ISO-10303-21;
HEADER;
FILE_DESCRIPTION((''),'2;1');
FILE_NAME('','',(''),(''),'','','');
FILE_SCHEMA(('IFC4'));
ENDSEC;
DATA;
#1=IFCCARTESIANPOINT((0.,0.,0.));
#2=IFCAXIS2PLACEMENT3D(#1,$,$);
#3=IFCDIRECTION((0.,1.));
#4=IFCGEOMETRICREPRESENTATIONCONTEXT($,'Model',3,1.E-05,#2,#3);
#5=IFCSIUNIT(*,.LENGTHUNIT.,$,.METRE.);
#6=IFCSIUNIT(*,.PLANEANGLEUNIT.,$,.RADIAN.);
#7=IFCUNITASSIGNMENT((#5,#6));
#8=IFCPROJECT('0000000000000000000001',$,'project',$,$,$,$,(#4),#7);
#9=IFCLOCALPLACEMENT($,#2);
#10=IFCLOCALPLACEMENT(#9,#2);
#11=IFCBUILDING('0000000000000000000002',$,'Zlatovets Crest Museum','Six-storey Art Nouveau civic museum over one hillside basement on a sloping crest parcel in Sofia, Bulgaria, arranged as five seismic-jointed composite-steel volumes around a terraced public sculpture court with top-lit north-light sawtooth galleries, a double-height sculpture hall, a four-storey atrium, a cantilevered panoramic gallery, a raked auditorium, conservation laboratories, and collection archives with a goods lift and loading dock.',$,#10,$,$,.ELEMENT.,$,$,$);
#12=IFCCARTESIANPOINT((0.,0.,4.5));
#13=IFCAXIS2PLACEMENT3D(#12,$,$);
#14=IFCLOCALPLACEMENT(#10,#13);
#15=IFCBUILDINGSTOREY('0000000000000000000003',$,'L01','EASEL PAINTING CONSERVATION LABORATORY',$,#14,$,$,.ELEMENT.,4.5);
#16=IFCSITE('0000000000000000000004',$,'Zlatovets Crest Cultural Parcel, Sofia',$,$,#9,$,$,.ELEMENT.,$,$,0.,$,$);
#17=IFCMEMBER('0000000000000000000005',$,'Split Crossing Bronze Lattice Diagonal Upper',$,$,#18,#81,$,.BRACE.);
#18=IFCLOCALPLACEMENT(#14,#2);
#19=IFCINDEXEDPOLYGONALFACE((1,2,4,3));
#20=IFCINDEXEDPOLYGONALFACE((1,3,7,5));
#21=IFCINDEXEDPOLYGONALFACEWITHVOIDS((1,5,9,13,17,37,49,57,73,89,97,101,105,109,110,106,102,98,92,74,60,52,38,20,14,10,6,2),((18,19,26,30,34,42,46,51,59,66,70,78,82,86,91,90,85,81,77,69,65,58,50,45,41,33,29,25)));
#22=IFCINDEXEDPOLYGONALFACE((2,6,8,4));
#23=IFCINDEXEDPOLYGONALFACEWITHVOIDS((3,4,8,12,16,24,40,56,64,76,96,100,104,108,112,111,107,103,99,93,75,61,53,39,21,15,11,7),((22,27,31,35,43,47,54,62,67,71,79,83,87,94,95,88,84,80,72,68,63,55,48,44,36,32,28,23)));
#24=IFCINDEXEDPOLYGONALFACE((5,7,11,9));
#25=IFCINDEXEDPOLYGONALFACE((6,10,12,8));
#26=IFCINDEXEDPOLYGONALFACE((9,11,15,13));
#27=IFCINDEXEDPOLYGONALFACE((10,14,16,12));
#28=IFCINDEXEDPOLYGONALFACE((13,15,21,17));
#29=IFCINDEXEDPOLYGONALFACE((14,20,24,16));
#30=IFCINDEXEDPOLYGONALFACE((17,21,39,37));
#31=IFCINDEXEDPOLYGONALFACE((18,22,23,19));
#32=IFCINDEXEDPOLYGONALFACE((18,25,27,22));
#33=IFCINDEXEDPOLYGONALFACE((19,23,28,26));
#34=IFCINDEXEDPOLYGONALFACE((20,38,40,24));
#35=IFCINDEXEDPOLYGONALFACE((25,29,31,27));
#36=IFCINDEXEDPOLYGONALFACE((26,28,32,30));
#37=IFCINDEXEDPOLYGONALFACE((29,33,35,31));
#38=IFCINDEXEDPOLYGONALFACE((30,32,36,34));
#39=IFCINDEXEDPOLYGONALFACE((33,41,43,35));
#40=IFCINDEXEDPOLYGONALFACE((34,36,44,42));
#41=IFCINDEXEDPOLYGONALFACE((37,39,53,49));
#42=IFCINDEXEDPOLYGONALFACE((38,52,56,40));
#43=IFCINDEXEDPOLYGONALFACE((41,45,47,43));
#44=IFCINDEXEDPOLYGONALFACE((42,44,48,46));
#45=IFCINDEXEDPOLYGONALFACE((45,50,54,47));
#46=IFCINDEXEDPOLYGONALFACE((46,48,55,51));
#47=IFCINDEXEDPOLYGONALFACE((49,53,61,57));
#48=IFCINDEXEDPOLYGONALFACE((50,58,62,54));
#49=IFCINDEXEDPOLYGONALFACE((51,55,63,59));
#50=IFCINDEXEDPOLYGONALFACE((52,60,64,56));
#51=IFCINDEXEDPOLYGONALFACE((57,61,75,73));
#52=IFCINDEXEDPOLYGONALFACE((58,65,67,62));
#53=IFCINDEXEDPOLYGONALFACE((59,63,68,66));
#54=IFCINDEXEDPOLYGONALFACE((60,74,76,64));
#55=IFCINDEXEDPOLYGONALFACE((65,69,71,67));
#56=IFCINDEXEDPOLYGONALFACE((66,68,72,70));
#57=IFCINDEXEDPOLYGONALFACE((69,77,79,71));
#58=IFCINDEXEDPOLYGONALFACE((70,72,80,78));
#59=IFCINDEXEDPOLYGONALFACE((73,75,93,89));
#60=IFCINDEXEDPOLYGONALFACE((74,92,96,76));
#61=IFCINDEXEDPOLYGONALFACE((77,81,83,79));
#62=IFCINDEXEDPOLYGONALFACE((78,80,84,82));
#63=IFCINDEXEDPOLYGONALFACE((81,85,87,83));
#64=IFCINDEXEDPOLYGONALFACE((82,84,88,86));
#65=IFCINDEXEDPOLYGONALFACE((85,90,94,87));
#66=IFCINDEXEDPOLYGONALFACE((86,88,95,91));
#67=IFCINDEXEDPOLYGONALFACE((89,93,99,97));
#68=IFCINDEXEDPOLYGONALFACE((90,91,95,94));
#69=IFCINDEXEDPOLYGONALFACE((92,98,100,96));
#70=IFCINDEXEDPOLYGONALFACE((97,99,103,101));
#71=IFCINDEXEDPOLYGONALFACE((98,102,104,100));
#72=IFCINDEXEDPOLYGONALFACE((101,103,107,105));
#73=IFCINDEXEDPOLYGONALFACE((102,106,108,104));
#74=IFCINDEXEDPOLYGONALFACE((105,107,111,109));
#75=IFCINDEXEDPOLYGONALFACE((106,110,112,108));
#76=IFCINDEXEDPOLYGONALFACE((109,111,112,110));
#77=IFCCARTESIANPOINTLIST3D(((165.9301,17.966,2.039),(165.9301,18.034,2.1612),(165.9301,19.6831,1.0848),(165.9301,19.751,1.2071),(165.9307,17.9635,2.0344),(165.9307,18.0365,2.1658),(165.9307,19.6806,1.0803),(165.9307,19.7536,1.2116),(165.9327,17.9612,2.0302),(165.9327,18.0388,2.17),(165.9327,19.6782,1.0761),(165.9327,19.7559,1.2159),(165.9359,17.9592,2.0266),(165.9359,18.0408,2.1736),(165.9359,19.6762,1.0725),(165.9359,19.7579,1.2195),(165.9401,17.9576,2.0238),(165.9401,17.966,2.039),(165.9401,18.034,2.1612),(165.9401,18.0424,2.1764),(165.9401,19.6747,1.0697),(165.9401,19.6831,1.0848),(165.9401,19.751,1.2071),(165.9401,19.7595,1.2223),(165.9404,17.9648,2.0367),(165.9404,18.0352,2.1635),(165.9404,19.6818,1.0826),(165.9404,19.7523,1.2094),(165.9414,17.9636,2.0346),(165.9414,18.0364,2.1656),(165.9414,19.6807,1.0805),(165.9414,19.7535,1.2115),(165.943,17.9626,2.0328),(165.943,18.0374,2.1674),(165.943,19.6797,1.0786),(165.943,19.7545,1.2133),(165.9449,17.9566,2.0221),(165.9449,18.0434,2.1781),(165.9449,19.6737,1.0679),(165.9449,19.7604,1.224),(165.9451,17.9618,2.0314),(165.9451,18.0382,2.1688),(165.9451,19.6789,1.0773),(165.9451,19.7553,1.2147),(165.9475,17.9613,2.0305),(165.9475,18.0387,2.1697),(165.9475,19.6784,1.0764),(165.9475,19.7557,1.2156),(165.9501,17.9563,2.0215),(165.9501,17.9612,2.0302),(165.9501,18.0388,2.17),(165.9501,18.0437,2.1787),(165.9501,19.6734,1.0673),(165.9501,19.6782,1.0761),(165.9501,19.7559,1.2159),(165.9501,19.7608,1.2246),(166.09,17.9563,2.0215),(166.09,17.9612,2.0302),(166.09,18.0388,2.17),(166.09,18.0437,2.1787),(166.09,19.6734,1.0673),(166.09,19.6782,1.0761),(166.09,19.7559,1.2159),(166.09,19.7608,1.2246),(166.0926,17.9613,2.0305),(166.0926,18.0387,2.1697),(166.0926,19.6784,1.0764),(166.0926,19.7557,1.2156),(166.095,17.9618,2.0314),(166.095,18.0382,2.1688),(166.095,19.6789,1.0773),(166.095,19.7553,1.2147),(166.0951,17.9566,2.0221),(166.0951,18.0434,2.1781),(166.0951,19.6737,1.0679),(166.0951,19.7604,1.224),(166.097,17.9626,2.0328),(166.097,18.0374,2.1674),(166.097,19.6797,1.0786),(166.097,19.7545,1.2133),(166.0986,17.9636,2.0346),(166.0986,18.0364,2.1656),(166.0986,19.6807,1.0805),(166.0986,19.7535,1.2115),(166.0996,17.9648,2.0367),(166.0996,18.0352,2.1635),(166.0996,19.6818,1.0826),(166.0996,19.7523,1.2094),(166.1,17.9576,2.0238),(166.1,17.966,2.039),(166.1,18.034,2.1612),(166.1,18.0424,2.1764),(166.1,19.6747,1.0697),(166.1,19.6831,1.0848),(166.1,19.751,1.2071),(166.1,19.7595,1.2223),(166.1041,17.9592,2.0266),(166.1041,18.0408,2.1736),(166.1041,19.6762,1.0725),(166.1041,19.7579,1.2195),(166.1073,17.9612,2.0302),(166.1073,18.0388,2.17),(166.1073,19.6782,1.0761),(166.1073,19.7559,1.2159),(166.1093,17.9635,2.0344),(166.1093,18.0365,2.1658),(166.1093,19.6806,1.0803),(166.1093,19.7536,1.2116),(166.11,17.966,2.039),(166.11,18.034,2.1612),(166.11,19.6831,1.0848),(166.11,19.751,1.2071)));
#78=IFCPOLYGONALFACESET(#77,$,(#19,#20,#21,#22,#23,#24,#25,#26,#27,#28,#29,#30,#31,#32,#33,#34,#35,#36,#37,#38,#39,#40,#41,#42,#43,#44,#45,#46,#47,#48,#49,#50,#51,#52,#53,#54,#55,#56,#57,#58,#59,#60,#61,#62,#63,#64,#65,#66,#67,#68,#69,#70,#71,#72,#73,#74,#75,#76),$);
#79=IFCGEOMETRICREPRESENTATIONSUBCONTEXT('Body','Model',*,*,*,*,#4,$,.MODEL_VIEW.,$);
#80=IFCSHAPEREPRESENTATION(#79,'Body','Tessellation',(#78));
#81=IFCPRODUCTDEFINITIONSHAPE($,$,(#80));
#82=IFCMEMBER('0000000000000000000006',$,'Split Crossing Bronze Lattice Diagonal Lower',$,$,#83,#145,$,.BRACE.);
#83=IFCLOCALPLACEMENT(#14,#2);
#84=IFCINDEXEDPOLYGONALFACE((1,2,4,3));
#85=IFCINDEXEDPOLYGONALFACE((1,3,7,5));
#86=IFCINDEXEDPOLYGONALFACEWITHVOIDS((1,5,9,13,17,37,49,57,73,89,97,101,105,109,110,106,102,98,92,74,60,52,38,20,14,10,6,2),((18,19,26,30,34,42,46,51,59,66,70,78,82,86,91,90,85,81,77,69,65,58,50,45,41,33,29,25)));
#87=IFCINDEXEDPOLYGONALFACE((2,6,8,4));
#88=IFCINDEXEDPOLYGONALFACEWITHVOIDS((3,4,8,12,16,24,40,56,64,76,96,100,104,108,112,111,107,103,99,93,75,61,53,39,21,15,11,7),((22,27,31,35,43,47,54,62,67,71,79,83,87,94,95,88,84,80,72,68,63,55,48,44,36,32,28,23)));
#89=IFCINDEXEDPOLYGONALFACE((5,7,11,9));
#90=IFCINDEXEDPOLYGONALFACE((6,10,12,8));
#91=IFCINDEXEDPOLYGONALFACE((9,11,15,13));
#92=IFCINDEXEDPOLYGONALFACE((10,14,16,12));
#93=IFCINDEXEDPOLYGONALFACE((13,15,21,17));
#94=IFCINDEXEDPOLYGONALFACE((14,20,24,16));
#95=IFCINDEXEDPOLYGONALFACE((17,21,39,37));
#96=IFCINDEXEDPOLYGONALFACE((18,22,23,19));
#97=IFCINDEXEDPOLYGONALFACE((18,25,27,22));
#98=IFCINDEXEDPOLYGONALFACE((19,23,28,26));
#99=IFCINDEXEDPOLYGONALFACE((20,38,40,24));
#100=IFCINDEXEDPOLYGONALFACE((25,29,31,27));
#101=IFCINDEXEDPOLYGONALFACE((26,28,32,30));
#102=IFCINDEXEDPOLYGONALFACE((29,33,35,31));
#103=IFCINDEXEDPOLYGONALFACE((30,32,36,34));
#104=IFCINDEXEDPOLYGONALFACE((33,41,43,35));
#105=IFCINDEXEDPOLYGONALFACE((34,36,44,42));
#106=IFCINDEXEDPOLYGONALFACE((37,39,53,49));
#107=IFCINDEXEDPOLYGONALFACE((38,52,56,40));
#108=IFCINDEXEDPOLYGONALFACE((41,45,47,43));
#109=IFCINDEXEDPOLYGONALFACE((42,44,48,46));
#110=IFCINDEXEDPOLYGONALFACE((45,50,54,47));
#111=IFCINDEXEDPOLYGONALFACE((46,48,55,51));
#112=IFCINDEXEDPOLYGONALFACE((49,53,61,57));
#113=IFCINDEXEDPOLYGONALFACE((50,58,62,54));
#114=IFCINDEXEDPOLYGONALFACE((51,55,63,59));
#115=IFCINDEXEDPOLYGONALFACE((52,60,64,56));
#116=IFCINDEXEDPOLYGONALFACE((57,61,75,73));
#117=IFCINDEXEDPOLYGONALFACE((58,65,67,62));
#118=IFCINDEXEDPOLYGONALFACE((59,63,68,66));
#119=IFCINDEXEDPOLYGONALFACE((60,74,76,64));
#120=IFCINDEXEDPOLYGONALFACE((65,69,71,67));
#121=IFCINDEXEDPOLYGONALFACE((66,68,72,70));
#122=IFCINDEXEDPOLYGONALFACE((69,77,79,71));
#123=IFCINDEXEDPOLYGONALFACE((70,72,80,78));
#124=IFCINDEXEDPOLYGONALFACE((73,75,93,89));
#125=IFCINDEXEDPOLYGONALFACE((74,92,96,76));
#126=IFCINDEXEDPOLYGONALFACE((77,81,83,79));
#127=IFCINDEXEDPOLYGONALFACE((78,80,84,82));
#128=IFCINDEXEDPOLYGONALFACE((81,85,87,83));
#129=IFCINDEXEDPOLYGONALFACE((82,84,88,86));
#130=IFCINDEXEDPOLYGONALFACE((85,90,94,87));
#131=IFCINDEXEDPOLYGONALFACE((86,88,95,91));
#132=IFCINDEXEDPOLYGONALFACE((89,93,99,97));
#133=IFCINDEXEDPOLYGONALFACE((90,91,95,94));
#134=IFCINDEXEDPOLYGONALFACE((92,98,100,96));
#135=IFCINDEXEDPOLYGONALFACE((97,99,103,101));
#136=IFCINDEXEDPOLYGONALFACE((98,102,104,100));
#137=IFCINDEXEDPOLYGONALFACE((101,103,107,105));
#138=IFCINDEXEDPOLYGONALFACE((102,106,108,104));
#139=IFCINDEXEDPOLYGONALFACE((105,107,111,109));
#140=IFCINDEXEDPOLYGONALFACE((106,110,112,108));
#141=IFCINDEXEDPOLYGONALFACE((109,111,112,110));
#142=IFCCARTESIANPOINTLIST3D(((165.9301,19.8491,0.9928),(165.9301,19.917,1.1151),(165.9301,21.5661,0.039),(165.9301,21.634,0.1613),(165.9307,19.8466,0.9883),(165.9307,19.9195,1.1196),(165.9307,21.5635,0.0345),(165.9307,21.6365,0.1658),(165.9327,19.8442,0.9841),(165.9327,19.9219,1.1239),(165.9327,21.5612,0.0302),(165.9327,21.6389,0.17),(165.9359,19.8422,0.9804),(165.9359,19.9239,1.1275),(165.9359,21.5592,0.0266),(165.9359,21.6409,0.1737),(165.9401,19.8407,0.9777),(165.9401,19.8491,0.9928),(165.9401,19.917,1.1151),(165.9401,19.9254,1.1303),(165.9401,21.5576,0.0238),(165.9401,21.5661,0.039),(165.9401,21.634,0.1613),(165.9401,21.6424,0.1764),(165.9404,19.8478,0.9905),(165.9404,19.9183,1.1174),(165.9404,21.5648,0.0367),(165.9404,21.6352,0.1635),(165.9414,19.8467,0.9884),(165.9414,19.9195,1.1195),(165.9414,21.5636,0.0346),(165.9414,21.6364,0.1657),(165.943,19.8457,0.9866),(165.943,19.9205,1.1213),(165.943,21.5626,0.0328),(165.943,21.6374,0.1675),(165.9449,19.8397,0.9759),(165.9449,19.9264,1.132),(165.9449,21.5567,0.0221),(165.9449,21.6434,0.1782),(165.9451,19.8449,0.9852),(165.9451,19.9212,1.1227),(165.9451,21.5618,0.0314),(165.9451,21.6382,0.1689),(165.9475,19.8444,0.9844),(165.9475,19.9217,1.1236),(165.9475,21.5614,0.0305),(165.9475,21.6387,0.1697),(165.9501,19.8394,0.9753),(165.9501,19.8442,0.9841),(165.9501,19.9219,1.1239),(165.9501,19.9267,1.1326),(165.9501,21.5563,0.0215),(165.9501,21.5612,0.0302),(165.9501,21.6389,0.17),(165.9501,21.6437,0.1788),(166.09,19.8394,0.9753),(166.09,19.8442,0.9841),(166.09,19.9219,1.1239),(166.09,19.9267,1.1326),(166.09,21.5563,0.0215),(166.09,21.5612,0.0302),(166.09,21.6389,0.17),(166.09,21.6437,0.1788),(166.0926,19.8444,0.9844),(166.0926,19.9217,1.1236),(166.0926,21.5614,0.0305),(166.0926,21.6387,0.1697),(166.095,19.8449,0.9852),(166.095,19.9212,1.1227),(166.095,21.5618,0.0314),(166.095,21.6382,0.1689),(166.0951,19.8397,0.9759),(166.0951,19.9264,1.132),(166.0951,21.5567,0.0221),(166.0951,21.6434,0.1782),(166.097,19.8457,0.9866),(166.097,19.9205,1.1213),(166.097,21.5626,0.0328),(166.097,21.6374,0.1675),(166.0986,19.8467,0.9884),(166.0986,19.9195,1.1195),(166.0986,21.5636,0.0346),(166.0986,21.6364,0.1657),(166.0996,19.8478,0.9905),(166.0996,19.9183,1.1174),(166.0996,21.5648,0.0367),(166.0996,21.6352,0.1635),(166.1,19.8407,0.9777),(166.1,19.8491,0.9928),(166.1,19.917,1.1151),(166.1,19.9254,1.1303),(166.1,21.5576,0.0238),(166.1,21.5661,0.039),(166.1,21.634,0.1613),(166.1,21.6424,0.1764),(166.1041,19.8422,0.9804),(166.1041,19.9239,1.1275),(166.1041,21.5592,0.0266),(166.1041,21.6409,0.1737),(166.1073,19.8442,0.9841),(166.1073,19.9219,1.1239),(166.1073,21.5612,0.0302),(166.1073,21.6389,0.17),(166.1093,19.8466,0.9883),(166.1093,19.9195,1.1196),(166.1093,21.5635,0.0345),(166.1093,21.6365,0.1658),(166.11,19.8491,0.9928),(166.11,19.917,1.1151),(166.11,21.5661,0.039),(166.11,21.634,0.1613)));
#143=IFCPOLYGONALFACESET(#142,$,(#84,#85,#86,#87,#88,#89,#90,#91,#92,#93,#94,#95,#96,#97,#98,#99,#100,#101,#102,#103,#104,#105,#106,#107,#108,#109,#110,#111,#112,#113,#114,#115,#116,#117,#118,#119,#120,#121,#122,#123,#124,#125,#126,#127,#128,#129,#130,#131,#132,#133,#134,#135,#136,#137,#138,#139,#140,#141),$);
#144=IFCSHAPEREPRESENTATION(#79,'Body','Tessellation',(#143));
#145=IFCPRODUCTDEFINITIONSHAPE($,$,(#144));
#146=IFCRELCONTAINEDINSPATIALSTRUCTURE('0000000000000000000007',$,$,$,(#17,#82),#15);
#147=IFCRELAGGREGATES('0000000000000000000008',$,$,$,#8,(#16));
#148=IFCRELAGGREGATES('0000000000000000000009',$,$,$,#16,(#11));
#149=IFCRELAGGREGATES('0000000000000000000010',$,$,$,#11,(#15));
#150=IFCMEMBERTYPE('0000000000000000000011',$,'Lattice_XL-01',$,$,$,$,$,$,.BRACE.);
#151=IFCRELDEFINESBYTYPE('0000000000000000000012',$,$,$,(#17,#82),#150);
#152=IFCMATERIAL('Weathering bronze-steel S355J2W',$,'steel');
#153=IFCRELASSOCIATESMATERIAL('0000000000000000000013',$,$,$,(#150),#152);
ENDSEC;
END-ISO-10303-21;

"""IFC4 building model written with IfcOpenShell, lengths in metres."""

from ifc_helpers import new_model, si_unit, direction, frame, origin, origin_2d, place, context, subcontext, project, spatial, hollow_rectangle, extrude, material, material_profile, profile_set, type_object, element, save


model = new_model("IFC4")

# Units and contexts
model_context = context("Model", 3, precision=1e-05, world=origin(), true_north=direction((0.0, 1.0)))
body_context = subcontext(model_context, "Body", "Model", "MODEL_VIEW")
ifc_project = project(units=[si_unit("LENGTHUNIT", "METRE"), si_unit("PLANEANGLEUNIT", "RADIAN")], contexts=[model_context])

# Site, building, storey
site_placement = place(None, origin())
site = spatial("IfcSite", under=ifc_project, at=site_placement, Name="Zlatovets Crest Cultural Parcel, Sofia", CompositionType="ELEMENT", RefElevation=0.0)
building_placement = place(site_placement, origin())
building = spatial("IfcBuilding", under=site, at=building_placement, Name="Zlatovets Crest Museum", Description="Six-storey Art Nouveau civic museum over one hillside basement on a sloping crest parcel in Sofia, Bulgaria, arranged as five seismic-jointed composite-steel volumes around a terraced public sculpture court with top-lit north-light sawtooth galleries, a double-height sculpture hall, a four-storey atrium, a cantilevered panoramic gallery, a raked auditorium, conservation laboratories, and collection archives with a goods lift and loading dock.", CompositionType="ELEMENT")
storey_placement = place(building_placement, frame((0.0, 0.0, 4.5)))
storey = spatial("IfcBuildingStorey", under=building, at=storey_placement, Name="L01", Description="EASEL PAINTING CONSERVATION LABORATORY", CompositionType="ELEMENT", Elevation=4.5)

# Members
ifc_material_1 = material(Name="Weathering bronze-steel S355J2W", Category="steel")
ifc_material_profile_1 = material_profile(ifc_material_1, hollow_rectangle(XDim=0.1799, YDim=0.1799, WallThickness=0.01, InnerFilletRadius=0.01, OuterFilletRadius=0.02, at=origin_2d()), Name="SHS 180x180x10.0")
ifc_profile_set_1 = profile_set([ifc_material_profile_1], Name="Weathering bronze-steel S355J2W")
member_type_1 = type_object("IfcMemberType", Name="Lattice_XL-01", PredefinedType="BRACE", material=ifc_profile_set_1)
member_1_placement = place(storey_placement, frame((166.02, 18.0, 2.1001), z_axis=(0.0, 0.874116, -0.485717), x_axis=(-1.0, 0.0, 0.0)))
element("IfcMember", 1, at=member_1_placement, inside=storey, type_object=member_type_1, Name="Split Crossing Bronze Lattice Diagonal Upper", PredefinedType="BRACE", context=body_context, shape_type="SweptSolid", body=[
    extrude(hollow_rectangle(XDim=0.1799, YDim=0.1799, WallThickness=0.01, InnerFilletRadius=0.01, OuterFilletRadius=0.02, at=origin_2d()), origin(), (0.0, 0.0, 1.0), 1.9644),
])
member_2_placement = place(storey_placement, frame((166.02, 19.8831, 1.054), z_axis=(0.0, 0.874169, -0.485622), x_axis=(-1.0, 0.0, 0.0)))
element("IfcMember", 2, at=member_2_placement, inside=storey, type_object=member_type_1, Name="Split Crossing Bronze Lattice Diagonal Lower", PredefinedType="BRACE", context=body_context, shape_type="SweptSolid", body=[
    extrude(hollow_rectangle(XDim=0.1799, YDim=0.1799, WallThickness=0.01, InnerFilletRadius=0.01, OuterFilletRadius=0.02, at=origin_2d()), origin(), (0.0, 0.0, 1.0), 1.9641),
])

save(model, "model.ifc")
